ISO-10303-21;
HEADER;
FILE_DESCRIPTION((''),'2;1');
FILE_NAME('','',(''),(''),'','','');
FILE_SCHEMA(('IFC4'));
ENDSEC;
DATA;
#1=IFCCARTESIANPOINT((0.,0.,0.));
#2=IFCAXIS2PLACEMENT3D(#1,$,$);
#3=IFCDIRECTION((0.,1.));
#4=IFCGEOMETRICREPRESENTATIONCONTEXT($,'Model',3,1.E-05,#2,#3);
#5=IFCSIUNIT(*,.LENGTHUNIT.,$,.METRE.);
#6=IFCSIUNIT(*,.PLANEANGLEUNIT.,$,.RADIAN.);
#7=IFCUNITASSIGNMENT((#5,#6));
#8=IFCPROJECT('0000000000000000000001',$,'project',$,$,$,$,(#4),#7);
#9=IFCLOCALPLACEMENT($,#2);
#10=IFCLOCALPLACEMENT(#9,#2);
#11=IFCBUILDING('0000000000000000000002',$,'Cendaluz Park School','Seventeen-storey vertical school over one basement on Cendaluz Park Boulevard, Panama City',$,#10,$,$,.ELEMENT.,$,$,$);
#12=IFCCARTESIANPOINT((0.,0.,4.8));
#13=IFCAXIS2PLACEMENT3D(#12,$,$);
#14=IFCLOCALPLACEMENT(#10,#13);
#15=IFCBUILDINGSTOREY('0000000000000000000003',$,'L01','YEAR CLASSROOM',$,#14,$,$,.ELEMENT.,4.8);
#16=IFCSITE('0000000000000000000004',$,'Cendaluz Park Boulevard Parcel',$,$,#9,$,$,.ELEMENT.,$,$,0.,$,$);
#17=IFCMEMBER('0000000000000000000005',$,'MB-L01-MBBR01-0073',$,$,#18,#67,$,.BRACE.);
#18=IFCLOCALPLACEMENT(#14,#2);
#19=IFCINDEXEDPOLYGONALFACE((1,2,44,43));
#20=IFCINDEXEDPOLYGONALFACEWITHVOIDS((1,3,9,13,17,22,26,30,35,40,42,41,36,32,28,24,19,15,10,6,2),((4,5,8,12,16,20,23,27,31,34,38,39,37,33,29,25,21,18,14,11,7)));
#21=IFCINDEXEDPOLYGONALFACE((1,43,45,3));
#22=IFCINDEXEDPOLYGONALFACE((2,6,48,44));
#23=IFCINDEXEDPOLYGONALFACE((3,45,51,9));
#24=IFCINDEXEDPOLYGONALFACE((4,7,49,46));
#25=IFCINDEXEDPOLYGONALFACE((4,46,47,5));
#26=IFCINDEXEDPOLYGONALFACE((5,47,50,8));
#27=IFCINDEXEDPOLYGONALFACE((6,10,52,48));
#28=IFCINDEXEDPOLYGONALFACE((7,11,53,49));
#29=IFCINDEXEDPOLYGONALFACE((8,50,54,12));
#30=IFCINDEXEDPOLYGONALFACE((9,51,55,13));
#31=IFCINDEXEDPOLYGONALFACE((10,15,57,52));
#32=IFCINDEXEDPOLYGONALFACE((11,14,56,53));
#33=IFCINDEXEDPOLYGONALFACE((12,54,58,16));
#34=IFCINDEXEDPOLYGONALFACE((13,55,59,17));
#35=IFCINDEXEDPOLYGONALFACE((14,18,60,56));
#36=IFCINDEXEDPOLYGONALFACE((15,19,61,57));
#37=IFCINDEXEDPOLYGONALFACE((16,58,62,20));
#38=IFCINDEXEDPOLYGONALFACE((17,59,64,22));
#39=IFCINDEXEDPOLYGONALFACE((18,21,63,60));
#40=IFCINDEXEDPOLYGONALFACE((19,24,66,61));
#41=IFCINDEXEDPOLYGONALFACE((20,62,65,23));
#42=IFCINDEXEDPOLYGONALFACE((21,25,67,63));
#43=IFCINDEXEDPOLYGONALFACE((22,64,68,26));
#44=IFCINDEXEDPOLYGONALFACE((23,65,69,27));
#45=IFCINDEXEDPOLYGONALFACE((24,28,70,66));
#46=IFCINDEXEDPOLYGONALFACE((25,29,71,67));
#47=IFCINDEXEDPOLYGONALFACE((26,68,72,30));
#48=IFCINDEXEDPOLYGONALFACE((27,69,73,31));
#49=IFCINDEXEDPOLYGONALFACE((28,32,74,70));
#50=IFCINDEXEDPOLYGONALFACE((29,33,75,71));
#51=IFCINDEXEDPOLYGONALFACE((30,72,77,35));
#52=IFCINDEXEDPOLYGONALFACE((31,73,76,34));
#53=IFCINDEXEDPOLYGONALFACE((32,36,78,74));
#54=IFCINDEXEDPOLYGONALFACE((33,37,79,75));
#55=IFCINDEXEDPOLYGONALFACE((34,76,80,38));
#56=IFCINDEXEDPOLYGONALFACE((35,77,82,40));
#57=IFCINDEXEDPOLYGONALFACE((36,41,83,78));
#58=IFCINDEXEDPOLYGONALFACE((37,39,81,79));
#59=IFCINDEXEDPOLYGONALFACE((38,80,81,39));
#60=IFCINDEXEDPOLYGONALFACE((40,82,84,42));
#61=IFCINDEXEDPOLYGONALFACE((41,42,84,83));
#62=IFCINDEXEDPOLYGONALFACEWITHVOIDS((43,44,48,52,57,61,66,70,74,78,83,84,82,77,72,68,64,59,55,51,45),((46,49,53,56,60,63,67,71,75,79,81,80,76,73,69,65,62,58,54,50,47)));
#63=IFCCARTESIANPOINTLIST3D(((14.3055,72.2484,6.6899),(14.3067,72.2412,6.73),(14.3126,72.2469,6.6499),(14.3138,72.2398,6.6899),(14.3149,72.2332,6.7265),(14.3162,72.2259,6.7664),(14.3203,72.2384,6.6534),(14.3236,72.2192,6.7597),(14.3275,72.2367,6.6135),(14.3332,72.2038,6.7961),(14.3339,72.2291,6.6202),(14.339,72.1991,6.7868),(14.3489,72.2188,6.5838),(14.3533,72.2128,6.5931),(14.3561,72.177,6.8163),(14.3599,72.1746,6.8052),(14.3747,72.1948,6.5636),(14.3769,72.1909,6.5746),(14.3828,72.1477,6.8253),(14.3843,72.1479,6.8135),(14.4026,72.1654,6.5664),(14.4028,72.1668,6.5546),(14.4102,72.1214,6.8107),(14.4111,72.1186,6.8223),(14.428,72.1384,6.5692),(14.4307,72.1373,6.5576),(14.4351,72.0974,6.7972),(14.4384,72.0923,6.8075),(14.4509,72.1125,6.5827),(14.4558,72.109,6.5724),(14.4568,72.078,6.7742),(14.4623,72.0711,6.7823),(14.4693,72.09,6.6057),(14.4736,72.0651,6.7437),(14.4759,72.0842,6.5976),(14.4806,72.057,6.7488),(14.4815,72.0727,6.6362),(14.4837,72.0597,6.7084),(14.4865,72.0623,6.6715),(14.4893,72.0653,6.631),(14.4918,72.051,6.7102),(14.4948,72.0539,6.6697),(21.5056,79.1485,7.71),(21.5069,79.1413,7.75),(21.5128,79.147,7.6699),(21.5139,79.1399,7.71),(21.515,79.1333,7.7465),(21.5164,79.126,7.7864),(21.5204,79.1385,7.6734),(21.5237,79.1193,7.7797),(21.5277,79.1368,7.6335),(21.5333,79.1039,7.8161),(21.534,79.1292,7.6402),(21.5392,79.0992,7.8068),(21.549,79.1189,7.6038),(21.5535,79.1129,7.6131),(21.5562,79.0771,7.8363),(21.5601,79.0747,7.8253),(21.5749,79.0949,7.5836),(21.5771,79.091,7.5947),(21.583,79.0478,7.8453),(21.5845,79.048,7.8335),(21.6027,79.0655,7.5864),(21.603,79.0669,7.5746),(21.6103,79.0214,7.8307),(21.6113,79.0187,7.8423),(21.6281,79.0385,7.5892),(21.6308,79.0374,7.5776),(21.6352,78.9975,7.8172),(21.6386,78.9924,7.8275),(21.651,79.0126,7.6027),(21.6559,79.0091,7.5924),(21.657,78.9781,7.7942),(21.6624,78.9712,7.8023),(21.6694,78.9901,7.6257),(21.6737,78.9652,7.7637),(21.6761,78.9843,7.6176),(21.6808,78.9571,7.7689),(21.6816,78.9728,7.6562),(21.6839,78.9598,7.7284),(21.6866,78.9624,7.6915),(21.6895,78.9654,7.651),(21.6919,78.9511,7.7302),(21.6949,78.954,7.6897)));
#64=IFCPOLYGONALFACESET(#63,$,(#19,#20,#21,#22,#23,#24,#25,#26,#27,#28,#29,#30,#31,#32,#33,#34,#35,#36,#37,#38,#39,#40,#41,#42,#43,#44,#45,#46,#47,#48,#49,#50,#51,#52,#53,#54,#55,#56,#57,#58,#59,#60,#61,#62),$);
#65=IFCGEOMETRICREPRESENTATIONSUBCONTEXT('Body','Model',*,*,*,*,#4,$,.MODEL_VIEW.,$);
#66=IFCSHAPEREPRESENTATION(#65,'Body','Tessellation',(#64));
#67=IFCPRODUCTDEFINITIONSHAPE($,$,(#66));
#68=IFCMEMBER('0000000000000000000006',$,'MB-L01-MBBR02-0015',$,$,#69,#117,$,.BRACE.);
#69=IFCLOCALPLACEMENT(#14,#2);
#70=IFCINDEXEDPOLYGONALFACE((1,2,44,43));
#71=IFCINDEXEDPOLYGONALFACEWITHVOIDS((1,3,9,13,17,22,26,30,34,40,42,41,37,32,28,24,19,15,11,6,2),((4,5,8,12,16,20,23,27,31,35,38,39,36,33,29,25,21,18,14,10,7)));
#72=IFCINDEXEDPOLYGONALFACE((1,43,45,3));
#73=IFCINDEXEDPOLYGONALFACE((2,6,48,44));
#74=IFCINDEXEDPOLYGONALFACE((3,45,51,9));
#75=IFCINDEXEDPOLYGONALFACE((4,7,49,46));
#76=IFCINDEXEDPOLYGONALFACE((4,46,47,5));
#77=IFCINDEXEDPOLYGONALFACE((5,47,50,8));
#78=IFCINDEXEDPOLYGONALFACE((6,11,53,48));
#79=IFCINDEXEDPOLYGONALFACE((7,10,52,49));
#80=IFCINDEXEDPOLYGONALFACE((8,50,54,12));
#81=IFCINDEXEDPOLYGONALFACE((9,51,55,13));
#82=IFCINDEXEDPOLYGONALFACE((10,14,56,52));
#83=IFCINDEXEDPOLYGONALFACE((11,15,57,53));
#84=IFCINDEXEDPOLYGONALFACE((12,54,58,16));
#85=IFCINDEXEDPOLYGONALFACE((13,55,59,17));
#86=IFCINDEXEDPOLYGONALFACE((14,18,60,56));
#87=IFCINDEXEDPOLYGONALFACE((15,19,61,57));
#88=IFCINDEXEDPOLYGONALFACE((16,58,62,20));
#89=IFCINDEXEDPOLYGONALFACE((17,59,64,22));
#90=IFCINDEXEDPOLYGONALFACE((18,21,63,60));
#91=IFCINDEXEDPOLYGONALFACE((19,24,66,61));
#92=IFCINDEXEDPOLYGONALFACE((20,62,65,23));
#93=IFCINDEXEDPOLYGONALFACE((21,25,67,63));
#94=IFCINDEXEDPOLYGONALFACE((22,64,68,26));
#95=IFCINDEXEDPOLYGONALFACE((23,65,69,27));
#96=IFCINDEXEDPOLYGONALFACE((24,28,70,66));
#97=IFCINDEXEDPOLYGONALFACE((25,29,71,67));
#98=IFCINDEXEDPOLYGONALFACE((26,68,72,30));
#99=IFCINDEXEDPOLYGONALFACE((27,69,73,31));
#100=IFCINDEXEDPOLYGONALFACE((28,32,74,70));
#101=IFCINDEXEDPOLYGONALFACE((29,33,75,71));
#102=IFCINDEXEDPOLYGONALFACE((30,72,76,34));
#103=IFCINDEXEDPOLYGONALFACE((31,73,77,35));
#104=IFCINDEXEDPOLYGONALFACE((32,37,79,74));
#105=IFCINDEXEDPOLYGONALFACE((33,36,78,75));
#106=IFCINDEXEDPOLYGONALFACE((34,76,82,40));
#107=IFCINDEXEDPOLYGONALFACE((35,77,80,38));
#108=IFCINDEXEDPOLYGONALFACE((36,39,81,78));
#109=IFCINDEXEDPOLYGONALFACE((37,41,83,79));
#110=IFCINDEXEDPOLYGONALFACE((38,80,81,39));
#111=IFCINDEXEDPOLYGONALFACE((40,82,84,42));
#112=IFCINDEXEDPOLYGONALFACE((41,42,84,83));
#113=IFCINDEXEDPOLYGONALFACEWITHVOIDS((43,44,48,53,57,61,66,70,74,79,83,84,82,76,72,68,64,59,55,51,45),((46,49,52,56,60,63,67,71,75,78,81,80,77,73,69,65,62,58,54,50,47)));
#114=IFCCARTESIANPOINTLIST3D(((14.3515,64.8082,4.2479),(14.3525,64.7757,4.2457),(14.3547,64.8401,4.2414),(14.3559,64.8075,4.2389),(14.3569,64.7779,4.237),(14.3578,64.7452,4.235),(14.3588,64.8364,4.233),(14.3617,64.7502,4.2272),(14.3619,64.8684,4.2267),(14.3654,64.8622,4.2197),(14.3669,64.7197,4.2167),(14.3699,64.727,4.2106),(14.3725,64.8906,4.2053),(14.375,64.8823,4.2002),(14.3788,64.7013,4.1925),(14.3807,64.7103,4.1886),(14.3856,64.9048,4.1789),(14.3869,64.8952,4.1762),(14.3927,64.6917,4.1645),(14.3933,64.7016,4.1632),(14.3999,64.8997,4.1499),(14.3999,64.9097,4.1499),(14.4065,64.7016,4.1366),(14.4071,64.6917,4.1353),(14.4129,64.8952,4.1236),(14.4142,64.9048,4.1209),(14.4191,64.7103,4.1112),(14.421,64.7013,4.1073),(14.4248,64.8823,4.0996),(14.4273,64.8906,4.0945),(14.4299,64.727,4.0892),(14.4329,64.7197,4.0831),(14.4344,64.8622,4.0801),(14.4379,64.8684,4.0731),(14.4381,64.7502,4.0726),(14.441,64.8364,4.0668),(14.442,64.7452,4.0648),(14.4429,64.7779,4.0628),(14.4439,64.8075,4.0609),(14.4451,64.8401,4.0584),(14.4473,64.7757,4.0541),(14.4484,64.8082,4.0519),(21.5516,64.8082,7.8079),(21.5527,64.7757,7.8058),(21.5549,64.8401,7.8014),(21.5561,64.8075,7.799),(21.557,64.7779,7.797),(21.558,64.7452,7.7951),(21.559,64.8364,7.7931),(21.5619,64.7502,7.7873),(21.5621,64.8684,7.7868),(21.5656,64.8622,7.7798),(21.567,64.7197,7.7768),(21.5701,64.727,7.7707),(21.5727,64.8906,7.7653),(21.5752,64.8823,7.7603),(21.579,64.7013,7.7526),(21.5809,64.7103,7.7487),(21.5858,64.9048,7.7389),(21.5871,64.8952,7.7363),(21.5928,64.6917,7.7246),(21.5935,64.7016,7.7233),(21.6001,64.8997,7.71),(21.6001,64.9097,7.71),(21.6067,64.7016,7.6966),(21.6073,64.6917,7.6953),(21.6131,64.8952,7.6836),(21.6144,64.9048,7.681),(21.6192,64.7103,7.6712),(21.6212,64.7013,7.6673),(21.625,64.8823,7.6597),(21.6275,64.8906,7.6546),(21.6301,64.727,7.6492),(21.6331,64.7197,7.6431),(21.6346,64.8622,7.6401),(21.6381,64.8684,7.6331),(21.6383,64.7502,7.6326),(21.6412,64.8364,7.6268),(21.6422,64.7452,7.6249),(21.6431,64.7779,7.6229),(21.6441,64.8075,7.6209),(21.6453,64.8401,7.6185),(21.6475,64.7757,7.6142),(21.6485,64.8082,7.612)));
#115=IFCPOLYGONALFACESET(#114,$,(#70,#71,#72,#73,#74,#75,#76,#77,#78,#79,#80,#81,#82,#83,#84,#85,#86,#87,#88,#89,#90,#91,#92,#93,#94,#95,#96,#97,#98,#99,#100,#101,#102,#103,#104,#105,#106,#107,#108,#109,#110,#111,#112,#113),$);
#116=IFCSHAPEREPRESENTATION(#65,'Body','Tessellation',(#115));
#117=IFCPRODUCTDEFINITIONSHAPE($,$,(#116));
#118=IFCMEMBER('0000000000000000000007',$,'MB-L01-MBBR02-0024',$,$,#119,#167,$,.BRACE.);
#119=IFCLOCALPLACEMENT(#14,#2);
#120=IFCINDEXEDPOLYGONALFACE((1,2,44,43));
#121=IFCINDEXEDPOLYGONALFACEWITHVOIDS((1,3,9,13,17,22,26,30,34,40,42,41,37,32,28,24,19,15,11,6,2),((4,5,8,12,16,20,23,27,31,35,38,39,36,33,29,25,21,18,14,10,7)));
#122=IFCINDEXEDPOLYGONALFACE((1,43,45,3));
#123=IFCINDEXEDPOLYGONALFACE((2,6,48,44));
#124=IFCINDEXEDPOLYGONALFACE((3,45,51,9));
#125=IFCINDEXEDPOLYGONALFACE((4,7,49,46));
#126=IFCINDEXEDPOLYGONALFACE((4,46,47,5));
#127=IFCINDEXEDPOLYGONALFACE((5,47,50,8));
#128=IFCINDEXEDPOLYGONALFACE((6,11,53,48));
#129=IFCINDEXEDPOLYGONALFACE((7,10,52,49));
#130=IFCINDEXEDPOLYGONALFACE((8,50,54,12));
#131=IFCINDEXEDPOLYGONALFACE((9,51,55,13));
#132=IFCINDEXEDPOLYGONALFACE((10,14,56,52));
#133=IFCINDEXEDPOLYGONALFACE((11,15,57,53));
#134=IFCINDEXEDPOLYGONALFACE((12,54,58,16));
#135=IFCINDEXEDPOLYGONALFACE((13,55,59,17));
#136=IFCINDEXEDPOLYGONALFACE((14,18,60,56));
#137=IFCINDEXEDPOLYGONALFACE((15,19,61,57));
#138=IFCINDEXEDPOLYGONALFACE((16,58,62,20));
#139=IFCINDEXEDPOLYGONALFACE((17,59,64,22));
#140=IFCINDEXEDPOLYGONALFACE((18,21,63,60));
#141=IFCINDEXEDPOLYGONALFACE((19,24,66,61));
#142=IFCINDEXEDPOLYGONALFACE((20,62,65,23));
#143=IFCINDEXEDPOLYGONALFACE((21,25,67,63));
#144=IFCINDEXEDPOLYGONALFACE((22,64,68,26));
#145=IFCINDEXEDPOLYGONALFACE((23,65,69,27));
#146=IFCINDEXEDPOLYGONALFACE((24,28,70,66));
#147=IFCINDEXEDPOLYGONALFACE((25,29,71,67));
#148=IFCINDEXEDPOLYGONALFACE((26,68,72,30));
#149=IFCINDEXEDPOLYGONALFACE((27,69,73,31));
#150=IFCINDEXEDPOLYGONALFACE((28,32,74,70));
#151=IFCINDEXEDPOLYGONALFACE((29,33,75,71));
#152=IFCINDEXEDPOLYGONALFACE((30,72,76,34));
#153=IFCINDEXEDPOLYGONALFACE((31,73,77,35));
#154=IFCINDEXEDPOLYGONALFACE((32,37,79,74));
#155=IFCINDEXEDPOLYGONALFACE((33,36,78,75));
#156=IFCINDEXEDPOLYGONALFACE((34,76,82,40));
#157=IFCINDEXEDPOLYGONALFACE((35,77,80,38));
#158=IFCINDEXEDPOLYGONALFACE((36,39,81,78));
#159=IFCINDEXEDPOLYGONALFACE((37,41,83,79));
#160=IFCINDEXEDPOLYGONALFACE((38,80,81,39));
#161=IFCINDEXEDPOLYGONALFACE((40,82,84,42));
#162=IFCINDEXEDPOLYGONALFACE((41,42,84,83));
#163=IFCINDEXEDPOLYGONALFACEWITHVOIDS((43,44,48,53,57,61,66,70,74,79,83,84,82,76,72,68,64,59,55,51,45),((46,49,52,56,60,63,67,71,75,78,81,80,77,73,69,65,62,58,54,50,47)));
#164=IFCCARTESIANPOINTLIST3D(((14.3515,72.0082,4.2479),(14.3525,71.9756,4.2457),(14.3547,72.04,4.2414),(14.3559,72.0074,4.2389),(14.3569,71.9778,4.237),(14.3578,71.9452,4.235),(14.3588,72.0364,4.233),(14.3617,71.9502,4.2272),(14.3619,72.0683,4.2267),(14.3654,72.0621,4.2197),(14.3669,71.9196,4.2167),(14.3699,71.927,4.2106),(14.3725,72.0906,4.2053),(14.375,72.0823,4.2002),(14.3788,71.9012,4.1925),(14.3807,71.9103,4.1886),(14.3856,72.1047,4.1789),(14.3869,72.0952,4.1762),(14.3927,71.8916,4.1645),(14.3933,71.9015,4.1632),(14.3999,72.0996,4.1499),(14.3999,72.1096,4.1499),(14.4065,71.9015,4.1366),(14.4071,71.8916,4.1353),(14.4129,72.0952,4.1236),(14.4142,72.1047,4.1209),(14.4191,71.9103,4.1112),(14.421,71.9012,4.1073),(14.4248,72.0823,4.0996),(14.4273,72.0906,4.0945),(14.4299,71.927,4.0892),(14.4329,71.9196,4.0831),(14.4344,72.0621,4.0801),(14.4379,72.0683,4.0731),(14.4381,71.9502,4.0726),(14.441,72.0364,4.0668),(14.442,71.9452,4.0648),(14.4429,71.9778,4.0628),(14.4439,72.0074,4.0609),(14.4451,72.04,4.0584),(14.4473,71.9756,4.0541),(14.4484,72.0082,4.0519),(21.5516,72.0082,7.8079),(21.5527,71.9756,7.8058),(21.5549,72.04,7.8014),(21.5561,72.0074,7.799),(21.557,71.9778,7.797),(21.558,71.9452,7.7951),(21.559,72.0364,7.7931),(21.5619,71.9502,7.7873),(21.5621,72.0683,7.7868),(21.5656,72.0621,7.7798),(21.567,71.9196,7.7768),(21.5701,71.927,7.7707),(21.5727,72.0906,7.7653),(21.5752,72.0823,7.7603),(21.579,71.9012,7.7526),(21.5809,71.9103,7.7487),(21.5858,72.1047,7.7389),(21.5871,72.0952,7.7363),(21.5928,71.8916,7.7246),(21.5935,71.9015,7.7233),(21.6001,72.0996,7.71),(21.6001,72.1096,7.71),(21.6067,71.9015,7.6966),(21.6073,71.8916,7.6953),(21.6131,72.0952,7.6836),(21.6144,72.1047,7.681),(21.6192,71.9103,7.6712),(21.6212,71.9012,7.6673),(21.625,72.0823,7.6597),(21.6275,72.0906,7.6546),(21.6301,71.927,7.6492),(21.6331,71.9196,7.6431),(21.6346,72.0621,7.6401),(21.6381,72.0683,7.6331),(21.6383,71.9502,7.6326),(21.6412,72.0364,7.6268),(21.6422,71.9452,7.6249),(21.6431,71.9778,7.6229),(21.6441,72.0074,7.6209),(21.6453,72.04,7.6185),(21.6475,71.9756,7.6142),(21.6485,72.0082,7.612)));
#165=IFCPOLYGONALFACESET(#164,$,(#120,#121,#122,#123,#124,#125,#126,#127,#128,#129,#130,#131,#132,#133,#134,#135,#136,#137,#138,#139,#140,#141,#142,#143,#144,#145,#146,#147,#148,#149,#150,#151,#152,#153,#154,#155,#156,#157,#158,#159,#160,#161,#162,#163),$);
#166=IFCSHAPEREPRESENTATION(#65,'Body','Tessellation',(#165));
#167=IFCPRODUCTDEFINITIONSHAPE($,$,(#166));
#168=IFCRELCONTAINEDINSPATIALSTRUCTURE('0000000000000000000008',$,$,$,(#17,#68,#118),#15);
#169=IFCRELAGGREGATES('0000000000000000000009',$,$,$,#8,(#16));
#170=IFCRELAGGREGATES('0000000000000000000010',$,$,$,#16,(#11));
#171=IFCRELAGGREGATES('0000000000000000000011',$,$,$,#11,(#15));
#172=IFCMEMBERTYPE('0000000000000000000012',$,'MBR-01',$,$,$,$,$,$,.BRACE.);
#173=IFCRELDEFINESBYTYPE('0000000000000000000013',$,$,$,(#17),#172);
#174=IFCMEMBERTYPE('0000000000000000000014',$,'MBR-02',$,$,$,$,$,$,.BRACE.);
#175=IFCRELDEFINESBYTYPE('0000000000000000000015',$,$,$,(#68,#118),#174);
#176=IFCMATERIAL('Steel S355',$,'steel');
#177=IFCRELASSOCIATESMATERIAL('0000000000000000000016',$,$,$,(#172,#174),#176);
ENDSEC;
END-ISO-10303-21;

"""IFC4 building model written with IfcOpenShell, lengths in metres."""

from ifc_helpers import new_model, si_unit, direction, frame, origin, origin_2d, place, context, subcontext, project, spatial, hollow_circle, extrude, material, material_profile, profile_set, type_object, element, save


model = new_model("IFC4")

# Units and contexts
model_context = context("Model", 3, precision=1e-05, world=origin(), true_north=direction((0.0, 1.0)))
body_context = subcontext(model_context, "Body", "Model", "MODEL_VIEW")
ifc_project = project(units=[si_unit("LENGTHUNIT", "METRE"), si_unit("PLANEANGLEUNIT", "RADIAN")], contexts=[model_context])

# Site, building, storey
site_placement = place(None, origin())
site = spatial("IfcSite", under=ifc_project, at=site_placement, Name="Cendaluz Park Boulevard Parcel", CompositionType="ELEMENT", RefElevation=0.0)
building_placement = place(site_placement, origin())
building = spatial("IfcBuilding", under=site, at=building_placement, Name="Cendaluz Park School", Description="Seventeen-storey vertical school over one basement on Cendaluz Park Boulevard, Panama City", CompositionType="ELEMENT")
storey_placement = place(building_placement, frame((0.0, 0.0, 4.8)))
storey = spatial("IfcBuildingStorey", under=building, at=storey_placement, Name="L01", Description="YEAR CLASSROOM", CompositionType="ELEMENT", Elevation=4.8)

# Shared definitions
ifc_material_1 = material(Name="Steel S355", Category="steel")

# Members
ifc_material_profile_1 = material_profile(ifc_material_1, hollow_circle(Radius=0.1365, WallThickness=0.012, at=origin_2d()), Name="CHS 273x12", Category="steel")
ifc_profile_set_1 = profile_set([ifc_material_profile_1], Name="Steel S355")
member_type_1 = type_object("IfcMemberType", Name="MBR-01", PredefinedType="BRACE", material=ifc_profile_set_1)
for number, where, z_axis, x_axis, name in (
    (1, (14.3999, 72.1499, 6.6899), (0.718243, 0.688312, 0.10175), (-0.691903, 0.72199, 0.0), "MB-L01-MBBR01-0073"),
):
    element("IfcMember", number, at=place(storey_placement, frame(where, z_axis=z_axis, x_axis=x_axis)), inside=storey, type_object=member_type_1, Name=name, PredefinedType="BRACE", context=body_context, shape_type="SweptSolid", body=[
        extrude(hollow_circle(Radius=0.1365, WallThickness=0.012, at=origin_2d()), origin(), (0.0, 0.0, 1.0), 10.0247),
    ])
ifc_material_profile_2 = material_profile(ifc_material_1, hollow_circle(Radius=0.1096, WallThickness=0.01, at=origin_2d()), Name="CHS 219x10", Category="steel")
ifc_profile_set_2 = profile_set([ifc_material_profile_2], Name="Steel S355")
member_type_2 = type_object("IfcMemberType", Name="MBR-02", PredefinedType="BRACE", material=ifc_profile_set_2)
for number, where, z_axis, x_axis, name in (
    (2, (14.3999, 64.8, 4.1499), (0.896412, 0.0, 0.443221), (0.0, 1.0, 0.0), "MB-L01-MBBR02-0015"),
    (3, (14.3999, 72.0, 4.1499), (0.896412, 0.0, 0.443221), (0.0, 1.0, 0.0), "MB-L01-MBBR02-0024"),
):
    element("IfcMember", number, at=place(storey_placement, frame(where, z_axis=z_axis, x_axis=x_axis)), inside=storey, type_object=member_type_2, Name=name, PredefinedType="BRACE", context=body_context, shape_type="SweptSolid", body=[
        extrude(hollow_circle(Radius=0.1096, WallThickness=0.01, at=origin_2d()), origin(), (0.0, 0.0, 1.0), 8.0322),
    ])

save(model, "model.ifc")
